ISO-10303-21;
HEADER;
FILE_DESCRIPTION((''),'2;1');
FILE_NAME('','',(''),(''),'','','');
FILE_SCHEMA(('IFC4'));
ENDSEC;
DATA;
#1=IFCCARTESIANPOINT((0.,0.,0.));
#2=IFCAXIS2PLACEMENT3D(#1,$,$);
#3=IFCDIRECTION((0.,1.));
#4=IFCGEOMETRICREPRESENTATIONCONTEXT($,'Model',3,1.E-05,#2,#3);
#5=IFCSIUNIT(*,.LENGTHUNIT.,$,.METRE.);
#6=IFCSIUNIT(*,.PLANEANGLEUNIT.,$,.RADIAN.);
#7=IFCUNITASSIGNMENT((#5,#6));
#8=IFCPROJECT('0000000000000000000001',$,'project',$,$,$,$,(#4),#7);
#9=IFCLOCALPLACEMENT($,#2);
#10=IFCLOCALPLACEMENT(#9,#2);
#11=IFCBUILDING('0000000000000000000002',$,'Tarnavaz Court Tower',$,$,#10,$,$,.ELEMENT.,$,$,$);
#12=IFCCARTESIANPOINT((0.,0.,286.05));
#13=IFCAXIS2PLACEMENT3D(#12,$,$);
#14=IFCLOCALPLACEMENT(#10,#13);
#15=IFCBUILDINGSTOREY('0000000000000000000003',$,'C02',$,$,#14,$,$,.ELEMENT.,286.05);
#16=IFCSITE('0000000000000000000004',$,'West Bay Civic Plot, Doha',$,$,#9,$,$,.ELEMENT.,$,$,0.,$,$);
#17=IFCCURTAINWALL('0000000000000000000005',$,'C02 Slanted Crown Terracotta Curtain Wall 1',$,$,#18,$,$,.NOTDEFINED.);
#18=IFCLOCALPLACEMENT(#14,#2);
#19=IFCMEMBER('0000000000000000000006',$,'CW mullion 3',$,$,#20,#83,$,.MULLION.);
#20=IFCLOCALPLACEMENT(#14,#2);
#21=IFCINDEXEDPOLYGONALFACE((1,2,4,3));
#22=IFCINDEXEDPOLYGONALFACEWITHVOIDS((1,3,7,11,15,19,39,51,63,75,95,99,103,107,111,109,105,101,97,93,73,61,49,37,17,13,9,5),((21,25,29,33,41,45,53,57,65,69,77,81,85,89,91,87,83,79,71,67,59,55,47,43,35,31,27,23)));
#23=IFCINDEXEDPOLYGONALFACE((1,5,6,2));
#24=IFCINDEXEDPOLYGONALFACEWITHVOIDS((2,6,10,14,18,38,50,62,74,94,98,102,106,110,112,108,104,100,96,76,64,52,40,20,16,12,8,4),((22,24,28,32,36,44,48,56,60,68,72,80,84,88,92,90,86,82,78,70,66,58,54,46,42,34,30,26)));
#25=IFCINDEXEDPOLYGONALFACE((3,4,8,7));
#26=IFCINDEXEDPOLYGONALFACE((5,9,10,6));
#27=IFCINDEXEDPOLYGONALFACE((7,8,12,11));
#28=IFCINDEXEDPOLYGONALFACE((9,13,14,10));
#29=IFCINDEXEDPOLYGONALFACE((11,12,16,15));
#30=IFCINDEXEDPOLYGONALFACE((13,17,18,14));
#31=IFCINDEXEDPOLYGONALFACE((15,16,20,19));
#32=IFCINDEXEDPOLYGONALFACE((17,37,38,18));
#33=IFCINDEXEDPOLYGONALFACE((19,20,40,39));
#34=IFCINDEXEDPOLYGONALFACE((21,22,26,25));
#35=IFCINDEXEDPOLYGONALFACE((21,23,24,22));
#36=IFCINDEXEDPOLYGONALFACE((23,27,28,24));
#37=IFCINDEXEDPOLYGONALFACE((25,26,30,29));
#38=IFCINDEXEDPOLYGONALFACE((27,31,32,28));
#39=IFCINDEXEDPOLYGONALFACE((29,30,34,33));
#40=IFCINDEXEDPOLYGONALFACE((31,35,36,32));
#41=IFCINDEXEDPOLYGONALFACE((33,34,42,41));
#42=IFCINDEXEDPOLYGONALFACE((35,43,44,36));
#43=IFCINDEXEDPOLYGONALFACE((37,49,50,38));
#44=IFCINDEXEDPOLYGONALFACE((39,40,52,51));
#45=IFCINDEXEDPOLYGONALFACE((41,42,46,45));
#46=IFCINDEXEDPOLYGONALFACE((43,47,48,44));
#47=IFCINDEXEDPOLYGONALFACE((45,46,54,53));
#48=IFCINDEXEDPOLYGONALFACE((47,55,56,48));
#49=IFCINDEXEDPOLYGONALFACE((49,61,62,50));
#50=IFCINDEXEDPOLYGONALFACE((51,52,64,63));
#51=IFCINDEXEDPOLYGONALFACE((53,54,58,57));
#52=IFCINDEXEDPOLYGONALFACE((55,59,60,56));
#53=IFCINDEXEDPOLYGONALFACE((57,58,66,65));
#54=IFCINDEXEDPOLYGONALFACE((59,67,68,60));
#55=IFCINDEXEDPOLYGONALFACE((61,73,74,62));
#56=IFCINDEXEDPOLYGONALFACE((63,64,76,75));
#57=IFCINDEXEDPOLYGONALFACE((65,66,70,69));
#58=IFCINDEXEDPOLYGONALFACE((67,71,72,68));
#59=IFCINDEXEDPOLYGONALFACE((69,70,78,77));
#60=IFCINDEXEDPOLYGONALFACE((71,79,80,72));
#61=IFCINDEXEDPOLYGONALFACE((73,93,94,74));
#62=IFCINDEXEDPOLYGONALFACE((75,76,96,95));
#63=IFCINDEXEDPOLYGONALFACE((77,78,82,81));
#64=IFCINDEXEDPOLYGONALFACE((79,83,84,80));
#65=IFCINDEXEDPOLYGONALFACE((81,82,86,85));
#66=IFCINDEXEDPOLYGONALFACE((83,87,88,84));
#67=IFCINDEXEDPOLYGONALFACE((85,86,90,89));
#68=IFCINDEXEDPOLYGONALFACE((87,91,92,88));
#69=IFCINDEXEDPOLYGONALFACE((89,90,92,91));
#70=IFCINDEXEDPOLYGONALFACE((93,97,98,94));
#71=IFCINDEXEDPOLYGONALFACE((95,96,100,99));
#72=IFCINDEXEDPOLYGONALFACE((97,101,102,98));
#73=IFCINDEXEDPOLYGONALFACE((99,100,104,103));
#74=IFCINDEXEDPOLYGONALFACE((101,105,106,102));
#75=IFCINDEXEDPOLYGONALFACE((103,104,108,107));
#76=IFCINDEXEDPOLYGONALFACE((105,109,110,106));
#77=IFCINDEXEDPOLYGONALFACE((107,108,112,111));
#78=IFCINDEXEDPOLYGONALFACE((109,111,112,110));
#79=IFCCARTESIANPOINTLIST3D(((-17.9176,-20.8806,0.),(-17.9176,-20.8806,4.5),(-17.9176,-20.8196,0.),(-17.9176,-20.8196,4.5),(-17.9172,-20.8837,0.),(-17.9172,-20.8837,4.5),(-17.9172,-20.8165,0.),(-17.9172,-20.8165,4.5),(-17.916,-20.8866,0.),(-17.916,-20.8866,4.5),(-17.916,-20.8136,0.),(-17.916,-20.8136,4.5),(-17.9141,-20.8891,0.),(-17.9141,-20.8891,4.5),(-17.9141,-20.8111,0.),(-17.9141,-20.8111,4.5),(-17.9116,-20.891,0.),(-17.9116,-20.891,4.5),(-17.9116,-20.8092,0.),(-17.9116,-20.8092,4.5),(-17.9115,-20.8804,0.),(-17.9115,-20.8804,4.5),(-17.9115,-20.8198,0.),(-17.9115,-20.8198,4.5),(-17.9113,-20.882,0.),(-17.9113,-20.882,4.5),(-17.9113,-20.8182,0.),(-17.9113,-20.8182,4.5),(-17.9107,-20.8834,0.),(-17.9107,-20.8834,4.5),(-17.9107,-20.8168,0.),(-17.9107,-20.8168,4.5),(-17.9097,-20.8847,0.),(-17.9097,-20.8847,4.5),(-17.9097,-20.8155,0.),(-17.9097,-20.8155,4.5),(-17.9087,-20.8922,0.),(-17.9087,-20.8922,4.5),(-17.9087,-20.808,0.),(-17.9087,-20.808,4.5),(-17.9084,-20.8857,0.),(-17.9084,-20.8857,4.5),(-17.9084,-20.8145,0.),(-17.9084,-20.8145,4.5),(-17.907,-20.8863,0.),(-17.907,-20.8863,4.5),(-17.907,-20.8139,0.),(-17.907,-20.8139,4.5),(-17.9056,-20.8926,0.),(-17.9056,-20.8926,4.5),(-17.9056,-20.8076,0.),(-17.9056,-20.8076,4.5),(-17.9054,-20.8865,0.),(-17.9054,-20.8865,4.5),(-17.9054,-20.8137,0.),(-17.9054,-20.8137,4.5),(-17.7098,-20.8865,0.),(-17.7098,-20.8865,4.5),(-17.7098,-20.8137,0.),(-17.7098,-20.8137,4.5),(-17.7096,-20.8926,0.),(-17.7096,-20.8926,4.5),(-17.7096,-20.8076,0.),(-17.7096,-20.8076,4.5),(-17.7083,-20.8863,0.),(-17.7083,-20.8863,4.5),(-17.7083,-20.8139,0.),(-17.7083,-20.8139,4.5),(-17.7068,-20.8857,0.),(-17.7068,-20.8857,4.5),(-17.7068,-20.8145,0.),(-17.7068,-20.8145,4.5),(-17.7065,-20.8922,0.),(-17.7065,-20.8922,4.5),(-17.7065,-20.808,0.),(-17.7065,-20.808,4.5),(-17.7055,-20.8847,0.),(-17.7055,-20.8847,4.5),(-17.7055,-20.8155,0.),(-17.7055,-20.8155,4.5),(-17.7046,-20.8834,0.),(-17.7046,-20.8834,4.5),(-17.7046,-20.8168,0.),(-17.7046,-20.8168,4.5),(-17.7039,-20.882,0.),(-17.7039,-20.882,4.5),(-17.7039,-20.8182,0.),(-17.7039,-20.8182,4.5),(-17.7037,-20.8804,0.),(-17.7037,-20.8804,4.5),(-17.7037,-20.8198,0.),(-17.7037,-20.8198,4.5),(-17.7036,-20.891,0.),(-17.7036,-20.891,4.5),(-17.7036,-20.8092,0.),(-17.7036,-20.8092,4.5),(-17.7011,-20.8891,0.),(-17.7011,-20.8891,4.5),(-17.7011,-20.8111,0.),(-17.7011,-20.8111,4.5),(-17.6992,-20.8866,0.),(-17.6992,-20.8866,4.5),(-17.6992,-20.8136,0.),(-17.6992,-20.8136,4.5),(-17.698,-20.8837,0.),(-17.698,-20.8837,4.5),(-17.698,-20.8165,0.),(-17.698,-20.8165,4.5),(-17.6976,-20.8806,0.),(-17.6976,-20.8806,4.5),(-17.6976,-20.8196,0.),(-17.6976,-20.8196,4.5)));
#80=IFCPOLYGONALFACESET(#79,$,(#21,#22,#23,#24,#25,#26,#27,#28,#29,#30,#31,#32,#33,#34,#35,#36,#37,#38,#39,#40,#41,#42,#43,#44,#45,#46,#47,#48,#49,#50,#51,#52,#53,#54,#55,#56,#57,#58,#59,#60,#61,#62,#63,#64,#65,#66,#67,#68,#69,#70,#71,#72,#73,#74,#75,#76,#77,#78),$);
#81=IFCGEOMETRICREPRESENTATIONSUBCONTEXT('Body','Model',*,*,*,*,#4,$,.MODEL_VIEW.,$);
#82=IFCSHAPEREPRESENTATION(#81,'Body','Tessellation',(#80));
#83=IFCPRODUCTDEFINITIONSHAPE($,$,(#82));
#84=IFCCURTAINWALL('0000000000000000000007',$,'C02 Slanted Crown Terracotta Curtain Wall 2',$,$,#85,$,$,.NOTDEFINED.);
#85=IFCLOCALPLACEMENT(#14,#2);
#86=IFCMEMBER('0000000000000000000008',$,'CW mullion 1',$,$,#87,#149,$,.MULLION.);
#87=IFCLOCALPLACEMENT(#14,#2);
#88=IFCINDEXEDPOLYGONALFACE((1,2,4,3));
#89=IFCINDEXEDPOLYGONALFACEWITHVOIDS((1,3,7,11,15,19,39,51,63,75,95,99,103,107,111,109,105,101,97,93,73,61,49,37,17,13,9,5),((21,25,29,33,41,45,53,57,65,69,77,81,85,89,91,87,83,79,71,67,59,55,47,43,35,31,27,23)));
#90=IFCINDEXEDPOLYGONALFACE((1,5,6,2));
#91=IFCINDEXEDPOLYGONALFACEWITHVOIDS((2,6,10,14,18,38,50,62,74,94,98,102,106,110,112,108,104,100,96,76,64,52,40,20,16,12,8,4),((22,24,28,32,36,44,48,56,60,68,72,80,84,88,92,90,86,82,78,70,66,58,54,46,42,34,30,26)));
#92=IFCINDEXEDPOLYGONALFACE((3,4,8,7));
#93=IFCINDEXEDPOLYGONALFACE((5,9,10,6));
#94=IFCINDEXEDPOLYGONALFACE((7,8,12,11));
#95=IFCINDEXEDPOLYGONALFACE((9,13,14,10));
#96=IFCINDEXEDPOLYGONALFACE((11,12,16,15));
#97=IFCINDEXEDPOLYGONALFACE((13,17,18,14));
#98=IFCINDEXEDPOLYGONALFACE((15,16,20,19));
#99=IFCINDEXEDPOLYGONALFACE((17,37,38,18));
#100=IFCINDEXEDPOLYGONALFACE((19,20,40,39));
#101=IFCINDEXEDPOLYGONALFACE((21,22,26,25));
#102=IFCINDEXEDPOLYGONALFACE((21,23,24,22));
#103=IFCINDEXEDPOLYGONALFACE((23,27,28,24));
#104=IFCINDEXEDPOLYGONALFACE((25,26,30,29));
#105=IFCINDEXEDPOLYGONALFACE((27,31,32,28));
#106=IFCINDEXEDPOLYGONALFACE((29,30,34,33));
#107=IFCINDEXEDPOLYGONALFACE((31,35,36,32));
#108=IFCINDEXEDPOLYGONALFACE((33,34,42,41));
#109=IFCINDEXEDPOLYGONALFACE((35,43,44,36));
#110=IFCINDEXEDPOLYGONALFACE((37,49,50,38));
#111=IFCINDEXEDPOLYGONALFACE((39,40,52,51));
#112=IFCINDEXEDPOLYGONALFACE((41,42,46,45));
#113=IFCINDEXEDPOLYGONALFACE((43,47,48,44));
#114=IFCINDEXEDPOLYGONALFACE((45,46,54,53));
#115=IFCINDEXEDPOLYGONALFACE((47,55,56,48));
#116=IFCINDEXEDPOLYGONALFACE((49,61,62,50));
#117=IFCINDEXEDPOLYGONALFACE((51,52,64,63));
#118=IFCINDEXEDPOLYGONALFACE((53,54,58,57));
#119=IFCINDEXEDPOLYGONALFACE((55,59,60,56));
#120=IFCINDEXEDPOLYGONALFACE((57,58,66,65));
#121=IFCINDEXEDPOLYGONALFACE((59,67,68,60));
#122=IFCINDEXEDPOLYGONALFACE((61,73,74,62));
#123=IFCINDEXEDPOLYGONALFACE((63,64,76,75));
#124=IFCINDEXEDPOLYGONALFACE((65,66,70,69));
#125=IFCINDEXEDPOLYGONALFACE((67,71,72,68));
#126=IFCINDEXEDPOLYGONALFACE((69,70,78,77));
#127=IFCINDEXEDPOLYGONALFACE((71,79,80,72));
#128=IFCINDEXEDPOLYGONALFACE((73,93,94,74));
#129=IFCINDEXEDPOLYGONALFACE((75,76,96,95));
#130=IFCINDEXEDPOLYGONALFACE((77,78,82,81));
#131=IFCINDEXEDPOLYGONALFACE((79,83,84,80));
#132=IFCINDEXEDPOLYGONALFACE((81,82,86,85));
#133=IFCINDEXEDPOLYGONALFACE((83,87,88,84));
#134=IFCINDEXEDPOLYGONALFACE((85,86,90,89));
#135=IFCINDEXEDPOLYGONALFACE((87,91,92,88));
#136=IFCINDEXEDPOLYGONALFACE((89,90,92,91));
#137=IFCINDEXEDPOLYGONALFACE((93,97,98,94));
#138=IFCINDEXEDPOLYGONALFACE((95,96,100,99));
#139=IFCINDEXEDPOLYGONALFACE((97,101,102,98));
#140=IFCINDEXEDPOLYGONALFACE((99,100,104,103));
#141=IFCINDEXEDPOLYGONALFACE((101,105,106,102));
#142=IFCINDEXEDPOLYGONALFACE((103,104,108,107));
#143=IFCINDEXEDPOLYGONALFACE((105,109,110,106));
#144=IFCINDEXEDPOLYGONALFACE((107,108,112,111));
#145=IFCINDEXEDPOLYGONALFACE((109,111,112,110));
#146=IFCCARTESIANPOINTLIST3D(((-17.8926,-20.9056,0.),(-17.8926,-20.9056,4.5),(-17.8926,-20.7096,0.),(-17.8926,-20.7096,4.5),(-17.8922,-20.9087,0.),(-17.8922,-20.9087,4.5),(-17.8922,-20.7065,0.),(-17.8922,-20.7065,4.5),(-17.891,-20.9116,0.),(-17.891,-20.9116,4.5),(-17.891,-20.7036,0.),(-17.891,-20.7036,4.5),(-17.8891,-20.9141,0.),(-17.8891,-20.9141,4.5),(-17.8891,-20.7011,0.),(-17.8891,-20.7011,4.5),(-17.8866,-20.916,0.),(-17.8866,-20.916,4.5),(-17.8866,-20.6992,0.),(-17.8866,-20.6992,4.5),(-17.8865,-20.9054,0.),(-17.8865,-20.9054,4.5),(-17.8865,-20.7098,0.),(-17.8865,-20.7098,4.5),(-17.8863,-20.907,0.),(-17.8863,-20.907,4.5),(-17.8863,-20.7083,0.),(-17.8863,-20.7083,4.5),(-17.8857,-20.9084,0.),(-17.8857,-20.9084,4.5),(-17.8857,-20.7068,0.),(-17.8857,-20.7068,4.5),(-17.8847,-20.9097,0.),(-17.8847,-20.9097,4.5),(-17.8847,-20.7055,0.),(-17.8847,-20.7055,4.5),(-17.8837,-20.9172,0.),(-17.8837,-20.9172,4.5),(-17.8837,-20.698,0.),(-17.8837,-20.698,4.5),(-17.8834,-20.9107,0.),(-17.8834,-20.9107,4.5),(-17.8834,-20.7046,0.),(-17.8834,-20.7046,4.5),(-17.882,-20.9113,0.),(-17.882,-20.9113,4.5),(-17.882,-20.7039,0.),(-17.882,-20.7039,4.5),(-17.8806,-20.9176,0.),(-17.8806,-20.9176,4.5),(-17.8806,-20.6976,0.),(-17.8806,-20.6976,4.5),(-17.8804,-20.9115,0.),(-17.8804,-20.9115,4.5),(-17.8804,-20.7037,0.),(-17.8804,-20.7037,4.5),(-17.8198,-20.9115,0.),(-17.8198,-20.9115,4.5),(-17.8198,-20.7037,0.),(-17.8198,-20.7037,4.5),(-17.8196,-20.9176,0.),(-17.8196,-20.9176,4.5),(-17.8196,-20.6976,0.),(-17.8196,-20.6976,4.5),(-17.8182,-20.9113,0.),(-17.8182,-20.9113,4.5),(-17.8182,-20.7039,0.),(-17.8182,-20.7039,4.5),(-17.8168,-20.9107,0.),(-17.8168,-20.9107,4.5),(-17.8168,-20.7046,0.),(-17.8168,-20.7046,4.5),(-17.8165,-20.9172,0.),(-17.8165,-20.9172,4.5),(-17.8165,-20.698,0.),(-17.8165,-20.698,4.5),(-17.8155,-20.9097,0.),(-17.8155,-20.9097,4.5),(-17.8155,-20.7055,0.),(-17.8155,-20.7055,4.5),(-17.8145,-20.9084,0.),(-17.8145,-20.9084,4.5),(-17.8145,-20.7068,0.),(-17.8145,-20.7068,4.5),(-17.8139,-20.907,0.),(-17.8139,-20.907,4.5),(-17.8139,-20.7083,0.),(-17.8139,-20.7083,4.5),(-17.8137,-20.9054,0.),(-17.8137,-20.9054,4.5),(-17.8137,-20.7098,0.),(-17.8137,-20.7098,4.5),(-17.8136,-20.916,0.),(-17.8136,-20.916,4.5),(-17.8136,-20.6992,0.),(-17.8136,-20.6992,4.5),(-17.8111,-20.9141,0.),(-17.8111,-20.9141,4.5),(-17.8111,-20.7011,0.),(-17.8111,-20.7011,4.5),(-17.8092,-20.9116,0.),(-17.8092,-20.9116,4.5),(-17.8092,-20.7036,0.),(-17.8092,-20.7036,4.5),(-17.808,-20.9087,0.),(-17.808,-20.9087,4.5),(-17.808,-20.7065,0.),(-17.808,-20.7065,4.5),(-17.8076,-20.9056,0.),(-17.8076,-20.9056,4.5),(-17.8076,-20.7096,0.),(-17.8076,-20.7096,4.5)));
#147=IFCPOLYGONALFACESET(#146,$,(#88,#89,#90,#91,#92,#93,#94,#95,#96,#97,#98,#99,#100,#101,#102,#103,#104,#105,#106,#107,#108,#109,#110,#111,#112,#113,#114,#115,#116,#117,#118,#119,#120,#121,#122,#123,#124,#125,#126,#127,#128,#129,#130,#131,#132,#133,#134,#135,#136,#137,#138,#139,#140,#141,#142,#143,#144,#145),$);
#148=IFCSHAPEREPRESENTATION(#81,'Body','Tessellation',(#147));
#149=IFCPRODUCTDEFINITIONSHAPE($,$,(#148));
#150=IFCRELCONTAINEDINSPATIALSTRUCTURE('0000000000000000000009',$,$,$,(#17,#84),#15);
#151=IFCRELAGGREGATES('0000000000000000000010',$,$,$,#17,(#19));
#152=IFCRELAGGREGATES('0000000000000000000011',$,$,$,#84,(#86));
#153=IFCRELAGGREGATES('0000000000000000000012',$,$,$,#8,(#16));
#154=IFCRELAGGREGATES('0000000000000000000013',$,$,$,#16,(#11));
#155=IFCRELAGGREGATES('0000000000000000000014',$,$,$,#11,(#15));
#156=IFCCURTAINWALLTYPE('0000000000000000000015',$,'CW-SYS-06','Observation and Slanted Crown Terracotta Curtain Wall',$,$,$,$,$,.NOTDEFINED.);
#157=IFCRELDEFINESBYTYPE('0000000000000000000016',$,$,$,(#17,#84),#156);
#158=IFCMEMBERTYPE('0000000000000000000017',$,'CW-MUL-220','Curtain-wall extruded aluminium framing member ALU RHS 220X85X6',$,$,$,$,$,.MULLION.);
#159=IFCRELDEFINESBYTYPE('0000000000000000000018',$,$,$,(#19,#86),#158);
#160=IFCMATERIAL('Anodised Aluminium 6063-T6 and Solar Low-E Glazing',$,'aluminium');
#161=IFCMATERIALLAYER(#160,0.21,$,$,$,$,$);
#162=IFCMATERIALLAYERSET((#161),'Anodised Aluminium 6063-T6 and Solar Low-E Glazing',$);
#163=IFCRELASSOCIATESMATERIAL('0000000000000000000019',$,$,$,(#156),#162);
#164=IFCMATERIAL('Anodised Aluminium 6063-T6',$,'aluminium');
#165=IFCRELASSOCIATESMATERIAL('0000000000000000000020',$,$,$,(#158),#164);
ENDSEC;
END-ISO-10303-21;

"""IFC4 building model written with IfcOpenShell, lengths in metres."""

from ifc_helpers import new_model, si_unit, direction, frame, origin, origin_2d, place, context, subcontext, project, spatial, hollow_rectangle, extrude, material, layer, layer_set, material_profile, profile_set, type_object, element, aggregate, save


model = new_model("IFC4")

# Units and contexts
model_context = context("Model", 3, precision=1e-05, world=origin(), true_north=direction((0.0, 1.0)))
body_context = subcontext(model_context, "Body", "Model", "MODEL_VIEW")
ifc_project = project(units=[si_unit("LENGTHUNIT", "METRE"), si_unit("PLANEANGLEUNIT", "RADIAN")], contexts=[model_context])

# Site, building, storey
site_placement = place(None, origin())
site = spatial("IfcSite", under=ifc_project, at=site_placement, Name="West Bay Civic Plot, Doha", CompositionType="ELEMENT", RefElevation=0.0)
building_placement = place(site_placement, origin())
building = spatial("IfcBuilding", under=site, at=building_placement, Name="Tarnavaz Court Tower", CompositionType="ELEMENT")
storey_placement = place(building_placement, frame((0.0, 0.0, 286.05)))
storey = spatial("IfcBuildingStorey", under=building, at=storey_placement, Name="C02", CompositionType="ELEMENT", Elevation=286.05)

# Curtain walls, members
ifc_material_1 = material(Name="Anodised Aluminium 6063-T6 and Solar Low-E Glazing", Category="aluminium")
ifc_layer_1 = layer(ifc_material_1, 0.21)
ifc_layer_set_1 = layer_set([ifc_layer_1], Name="Anodised Aluminium 6063-T6 and Solar Low-E Glazing")
curtain_wall_type = type_object("IfcCurtainWallType", Name="CW-SYS-06", Description="Observation and Slanted Crown Terracotta Curtain Wall", PredefinedType="NOTDEFINED", material=ifc_layer_set_1)
curtain_wall_1_placement = place(storey_placement, origin())
curtain_wall_1 = element("IfcCurtainWall", 1, at=curtain_wall_1_placement, inside=storey, type_object=curtain_wall_type, Name="C02 Slanted Crown Terracotta Curtain Wall 1", PredefinedType="NOTDEFINED")
ifc_material_2 = material(Name="Anodised Aluminium 6063-T6", Category="aluminium")
ifc_material_profile_1 = material_profile(ifc_material_2, hollow_rectangle(XDim=0.085, YDim=0.22, WallThickness=0.0061, InnerFilletRadius=0.0061, OuterFilletRadius=0.012, at=origin_2d()), Name="ALU RHS 220X85X6")
ifc_profile_set_1 = profile_set([ifc_material_profile_1], Name="Anodised Aluminium 6063-T6")
member_type_1 = type_object("IfcMemberType", Name="CW-MUL-220", Description="Curtain-wall extruded aluminium framing member ALU RHS 220X85X6", PredefinedType="MULLION", material=ifc_profile_set_1)
member_1_placement = place(storey_placement, frame((-17.8076, -20.8501, 0.0), z_axis=(0.0, 0.0, 1.0), x_axis=(0.0, -1.0, 0.0)))
member_1 = element("IfcMember", 2, at=member_1_placement, type_object=member_type_1, Name="CW mullion 3", PredefinedType="MULLION", context=body_context, shape_type="SweptSolid", body=[
    extrude(hollow_rectangle(XDim=0.085, YDim=0.22, WallThickness=0.0061, InnerFilletRadius=0.0061, OuterFilletRadius=0.012, at=origin_2d()), origin(), (0.0, 0.0, 1.0), 4.5),
])
curtain_wall_2_placement = place(storey_placement, origin())
curtain_wall_2 = element("IfcCurtainWall", 3, at=curtain_wall_2_placement, inside=storey, type_object=curtain_wall_type, Name="C02 Slanted Crown Terracotta Curtain Wall 2", PredefinedType="NOTDEFINED")
member_2_placement = place(storey_placement, frame((-17.8501, -20.8076, 0.0), z_axis=(0.0, 0.0, 1.0), x_axis=(-1.0, 0.0, 0.0)))
member_2 = element("IfcMember", 4, at=member_2_placement, type_object=member_type_1, Name="CW mullion 1", PredefinedType="MULLION", context=body_context, shape_type="SweptSolid", body=[
    extrude(hollow_rectangle(XDim=0.085, YDim=0.22, WallThickness=0.0061, InnerFilletRadius=0.0061, OuterFilletRadius=0.012, at=origin_2d()), origin(), (0.0, 0.0, 1.0), 4.5),
])

aggregate(curtain_wall_1, [member_1])
aggregate(curtain_wall_2, [member_2])

save(model, "model.ifc")
